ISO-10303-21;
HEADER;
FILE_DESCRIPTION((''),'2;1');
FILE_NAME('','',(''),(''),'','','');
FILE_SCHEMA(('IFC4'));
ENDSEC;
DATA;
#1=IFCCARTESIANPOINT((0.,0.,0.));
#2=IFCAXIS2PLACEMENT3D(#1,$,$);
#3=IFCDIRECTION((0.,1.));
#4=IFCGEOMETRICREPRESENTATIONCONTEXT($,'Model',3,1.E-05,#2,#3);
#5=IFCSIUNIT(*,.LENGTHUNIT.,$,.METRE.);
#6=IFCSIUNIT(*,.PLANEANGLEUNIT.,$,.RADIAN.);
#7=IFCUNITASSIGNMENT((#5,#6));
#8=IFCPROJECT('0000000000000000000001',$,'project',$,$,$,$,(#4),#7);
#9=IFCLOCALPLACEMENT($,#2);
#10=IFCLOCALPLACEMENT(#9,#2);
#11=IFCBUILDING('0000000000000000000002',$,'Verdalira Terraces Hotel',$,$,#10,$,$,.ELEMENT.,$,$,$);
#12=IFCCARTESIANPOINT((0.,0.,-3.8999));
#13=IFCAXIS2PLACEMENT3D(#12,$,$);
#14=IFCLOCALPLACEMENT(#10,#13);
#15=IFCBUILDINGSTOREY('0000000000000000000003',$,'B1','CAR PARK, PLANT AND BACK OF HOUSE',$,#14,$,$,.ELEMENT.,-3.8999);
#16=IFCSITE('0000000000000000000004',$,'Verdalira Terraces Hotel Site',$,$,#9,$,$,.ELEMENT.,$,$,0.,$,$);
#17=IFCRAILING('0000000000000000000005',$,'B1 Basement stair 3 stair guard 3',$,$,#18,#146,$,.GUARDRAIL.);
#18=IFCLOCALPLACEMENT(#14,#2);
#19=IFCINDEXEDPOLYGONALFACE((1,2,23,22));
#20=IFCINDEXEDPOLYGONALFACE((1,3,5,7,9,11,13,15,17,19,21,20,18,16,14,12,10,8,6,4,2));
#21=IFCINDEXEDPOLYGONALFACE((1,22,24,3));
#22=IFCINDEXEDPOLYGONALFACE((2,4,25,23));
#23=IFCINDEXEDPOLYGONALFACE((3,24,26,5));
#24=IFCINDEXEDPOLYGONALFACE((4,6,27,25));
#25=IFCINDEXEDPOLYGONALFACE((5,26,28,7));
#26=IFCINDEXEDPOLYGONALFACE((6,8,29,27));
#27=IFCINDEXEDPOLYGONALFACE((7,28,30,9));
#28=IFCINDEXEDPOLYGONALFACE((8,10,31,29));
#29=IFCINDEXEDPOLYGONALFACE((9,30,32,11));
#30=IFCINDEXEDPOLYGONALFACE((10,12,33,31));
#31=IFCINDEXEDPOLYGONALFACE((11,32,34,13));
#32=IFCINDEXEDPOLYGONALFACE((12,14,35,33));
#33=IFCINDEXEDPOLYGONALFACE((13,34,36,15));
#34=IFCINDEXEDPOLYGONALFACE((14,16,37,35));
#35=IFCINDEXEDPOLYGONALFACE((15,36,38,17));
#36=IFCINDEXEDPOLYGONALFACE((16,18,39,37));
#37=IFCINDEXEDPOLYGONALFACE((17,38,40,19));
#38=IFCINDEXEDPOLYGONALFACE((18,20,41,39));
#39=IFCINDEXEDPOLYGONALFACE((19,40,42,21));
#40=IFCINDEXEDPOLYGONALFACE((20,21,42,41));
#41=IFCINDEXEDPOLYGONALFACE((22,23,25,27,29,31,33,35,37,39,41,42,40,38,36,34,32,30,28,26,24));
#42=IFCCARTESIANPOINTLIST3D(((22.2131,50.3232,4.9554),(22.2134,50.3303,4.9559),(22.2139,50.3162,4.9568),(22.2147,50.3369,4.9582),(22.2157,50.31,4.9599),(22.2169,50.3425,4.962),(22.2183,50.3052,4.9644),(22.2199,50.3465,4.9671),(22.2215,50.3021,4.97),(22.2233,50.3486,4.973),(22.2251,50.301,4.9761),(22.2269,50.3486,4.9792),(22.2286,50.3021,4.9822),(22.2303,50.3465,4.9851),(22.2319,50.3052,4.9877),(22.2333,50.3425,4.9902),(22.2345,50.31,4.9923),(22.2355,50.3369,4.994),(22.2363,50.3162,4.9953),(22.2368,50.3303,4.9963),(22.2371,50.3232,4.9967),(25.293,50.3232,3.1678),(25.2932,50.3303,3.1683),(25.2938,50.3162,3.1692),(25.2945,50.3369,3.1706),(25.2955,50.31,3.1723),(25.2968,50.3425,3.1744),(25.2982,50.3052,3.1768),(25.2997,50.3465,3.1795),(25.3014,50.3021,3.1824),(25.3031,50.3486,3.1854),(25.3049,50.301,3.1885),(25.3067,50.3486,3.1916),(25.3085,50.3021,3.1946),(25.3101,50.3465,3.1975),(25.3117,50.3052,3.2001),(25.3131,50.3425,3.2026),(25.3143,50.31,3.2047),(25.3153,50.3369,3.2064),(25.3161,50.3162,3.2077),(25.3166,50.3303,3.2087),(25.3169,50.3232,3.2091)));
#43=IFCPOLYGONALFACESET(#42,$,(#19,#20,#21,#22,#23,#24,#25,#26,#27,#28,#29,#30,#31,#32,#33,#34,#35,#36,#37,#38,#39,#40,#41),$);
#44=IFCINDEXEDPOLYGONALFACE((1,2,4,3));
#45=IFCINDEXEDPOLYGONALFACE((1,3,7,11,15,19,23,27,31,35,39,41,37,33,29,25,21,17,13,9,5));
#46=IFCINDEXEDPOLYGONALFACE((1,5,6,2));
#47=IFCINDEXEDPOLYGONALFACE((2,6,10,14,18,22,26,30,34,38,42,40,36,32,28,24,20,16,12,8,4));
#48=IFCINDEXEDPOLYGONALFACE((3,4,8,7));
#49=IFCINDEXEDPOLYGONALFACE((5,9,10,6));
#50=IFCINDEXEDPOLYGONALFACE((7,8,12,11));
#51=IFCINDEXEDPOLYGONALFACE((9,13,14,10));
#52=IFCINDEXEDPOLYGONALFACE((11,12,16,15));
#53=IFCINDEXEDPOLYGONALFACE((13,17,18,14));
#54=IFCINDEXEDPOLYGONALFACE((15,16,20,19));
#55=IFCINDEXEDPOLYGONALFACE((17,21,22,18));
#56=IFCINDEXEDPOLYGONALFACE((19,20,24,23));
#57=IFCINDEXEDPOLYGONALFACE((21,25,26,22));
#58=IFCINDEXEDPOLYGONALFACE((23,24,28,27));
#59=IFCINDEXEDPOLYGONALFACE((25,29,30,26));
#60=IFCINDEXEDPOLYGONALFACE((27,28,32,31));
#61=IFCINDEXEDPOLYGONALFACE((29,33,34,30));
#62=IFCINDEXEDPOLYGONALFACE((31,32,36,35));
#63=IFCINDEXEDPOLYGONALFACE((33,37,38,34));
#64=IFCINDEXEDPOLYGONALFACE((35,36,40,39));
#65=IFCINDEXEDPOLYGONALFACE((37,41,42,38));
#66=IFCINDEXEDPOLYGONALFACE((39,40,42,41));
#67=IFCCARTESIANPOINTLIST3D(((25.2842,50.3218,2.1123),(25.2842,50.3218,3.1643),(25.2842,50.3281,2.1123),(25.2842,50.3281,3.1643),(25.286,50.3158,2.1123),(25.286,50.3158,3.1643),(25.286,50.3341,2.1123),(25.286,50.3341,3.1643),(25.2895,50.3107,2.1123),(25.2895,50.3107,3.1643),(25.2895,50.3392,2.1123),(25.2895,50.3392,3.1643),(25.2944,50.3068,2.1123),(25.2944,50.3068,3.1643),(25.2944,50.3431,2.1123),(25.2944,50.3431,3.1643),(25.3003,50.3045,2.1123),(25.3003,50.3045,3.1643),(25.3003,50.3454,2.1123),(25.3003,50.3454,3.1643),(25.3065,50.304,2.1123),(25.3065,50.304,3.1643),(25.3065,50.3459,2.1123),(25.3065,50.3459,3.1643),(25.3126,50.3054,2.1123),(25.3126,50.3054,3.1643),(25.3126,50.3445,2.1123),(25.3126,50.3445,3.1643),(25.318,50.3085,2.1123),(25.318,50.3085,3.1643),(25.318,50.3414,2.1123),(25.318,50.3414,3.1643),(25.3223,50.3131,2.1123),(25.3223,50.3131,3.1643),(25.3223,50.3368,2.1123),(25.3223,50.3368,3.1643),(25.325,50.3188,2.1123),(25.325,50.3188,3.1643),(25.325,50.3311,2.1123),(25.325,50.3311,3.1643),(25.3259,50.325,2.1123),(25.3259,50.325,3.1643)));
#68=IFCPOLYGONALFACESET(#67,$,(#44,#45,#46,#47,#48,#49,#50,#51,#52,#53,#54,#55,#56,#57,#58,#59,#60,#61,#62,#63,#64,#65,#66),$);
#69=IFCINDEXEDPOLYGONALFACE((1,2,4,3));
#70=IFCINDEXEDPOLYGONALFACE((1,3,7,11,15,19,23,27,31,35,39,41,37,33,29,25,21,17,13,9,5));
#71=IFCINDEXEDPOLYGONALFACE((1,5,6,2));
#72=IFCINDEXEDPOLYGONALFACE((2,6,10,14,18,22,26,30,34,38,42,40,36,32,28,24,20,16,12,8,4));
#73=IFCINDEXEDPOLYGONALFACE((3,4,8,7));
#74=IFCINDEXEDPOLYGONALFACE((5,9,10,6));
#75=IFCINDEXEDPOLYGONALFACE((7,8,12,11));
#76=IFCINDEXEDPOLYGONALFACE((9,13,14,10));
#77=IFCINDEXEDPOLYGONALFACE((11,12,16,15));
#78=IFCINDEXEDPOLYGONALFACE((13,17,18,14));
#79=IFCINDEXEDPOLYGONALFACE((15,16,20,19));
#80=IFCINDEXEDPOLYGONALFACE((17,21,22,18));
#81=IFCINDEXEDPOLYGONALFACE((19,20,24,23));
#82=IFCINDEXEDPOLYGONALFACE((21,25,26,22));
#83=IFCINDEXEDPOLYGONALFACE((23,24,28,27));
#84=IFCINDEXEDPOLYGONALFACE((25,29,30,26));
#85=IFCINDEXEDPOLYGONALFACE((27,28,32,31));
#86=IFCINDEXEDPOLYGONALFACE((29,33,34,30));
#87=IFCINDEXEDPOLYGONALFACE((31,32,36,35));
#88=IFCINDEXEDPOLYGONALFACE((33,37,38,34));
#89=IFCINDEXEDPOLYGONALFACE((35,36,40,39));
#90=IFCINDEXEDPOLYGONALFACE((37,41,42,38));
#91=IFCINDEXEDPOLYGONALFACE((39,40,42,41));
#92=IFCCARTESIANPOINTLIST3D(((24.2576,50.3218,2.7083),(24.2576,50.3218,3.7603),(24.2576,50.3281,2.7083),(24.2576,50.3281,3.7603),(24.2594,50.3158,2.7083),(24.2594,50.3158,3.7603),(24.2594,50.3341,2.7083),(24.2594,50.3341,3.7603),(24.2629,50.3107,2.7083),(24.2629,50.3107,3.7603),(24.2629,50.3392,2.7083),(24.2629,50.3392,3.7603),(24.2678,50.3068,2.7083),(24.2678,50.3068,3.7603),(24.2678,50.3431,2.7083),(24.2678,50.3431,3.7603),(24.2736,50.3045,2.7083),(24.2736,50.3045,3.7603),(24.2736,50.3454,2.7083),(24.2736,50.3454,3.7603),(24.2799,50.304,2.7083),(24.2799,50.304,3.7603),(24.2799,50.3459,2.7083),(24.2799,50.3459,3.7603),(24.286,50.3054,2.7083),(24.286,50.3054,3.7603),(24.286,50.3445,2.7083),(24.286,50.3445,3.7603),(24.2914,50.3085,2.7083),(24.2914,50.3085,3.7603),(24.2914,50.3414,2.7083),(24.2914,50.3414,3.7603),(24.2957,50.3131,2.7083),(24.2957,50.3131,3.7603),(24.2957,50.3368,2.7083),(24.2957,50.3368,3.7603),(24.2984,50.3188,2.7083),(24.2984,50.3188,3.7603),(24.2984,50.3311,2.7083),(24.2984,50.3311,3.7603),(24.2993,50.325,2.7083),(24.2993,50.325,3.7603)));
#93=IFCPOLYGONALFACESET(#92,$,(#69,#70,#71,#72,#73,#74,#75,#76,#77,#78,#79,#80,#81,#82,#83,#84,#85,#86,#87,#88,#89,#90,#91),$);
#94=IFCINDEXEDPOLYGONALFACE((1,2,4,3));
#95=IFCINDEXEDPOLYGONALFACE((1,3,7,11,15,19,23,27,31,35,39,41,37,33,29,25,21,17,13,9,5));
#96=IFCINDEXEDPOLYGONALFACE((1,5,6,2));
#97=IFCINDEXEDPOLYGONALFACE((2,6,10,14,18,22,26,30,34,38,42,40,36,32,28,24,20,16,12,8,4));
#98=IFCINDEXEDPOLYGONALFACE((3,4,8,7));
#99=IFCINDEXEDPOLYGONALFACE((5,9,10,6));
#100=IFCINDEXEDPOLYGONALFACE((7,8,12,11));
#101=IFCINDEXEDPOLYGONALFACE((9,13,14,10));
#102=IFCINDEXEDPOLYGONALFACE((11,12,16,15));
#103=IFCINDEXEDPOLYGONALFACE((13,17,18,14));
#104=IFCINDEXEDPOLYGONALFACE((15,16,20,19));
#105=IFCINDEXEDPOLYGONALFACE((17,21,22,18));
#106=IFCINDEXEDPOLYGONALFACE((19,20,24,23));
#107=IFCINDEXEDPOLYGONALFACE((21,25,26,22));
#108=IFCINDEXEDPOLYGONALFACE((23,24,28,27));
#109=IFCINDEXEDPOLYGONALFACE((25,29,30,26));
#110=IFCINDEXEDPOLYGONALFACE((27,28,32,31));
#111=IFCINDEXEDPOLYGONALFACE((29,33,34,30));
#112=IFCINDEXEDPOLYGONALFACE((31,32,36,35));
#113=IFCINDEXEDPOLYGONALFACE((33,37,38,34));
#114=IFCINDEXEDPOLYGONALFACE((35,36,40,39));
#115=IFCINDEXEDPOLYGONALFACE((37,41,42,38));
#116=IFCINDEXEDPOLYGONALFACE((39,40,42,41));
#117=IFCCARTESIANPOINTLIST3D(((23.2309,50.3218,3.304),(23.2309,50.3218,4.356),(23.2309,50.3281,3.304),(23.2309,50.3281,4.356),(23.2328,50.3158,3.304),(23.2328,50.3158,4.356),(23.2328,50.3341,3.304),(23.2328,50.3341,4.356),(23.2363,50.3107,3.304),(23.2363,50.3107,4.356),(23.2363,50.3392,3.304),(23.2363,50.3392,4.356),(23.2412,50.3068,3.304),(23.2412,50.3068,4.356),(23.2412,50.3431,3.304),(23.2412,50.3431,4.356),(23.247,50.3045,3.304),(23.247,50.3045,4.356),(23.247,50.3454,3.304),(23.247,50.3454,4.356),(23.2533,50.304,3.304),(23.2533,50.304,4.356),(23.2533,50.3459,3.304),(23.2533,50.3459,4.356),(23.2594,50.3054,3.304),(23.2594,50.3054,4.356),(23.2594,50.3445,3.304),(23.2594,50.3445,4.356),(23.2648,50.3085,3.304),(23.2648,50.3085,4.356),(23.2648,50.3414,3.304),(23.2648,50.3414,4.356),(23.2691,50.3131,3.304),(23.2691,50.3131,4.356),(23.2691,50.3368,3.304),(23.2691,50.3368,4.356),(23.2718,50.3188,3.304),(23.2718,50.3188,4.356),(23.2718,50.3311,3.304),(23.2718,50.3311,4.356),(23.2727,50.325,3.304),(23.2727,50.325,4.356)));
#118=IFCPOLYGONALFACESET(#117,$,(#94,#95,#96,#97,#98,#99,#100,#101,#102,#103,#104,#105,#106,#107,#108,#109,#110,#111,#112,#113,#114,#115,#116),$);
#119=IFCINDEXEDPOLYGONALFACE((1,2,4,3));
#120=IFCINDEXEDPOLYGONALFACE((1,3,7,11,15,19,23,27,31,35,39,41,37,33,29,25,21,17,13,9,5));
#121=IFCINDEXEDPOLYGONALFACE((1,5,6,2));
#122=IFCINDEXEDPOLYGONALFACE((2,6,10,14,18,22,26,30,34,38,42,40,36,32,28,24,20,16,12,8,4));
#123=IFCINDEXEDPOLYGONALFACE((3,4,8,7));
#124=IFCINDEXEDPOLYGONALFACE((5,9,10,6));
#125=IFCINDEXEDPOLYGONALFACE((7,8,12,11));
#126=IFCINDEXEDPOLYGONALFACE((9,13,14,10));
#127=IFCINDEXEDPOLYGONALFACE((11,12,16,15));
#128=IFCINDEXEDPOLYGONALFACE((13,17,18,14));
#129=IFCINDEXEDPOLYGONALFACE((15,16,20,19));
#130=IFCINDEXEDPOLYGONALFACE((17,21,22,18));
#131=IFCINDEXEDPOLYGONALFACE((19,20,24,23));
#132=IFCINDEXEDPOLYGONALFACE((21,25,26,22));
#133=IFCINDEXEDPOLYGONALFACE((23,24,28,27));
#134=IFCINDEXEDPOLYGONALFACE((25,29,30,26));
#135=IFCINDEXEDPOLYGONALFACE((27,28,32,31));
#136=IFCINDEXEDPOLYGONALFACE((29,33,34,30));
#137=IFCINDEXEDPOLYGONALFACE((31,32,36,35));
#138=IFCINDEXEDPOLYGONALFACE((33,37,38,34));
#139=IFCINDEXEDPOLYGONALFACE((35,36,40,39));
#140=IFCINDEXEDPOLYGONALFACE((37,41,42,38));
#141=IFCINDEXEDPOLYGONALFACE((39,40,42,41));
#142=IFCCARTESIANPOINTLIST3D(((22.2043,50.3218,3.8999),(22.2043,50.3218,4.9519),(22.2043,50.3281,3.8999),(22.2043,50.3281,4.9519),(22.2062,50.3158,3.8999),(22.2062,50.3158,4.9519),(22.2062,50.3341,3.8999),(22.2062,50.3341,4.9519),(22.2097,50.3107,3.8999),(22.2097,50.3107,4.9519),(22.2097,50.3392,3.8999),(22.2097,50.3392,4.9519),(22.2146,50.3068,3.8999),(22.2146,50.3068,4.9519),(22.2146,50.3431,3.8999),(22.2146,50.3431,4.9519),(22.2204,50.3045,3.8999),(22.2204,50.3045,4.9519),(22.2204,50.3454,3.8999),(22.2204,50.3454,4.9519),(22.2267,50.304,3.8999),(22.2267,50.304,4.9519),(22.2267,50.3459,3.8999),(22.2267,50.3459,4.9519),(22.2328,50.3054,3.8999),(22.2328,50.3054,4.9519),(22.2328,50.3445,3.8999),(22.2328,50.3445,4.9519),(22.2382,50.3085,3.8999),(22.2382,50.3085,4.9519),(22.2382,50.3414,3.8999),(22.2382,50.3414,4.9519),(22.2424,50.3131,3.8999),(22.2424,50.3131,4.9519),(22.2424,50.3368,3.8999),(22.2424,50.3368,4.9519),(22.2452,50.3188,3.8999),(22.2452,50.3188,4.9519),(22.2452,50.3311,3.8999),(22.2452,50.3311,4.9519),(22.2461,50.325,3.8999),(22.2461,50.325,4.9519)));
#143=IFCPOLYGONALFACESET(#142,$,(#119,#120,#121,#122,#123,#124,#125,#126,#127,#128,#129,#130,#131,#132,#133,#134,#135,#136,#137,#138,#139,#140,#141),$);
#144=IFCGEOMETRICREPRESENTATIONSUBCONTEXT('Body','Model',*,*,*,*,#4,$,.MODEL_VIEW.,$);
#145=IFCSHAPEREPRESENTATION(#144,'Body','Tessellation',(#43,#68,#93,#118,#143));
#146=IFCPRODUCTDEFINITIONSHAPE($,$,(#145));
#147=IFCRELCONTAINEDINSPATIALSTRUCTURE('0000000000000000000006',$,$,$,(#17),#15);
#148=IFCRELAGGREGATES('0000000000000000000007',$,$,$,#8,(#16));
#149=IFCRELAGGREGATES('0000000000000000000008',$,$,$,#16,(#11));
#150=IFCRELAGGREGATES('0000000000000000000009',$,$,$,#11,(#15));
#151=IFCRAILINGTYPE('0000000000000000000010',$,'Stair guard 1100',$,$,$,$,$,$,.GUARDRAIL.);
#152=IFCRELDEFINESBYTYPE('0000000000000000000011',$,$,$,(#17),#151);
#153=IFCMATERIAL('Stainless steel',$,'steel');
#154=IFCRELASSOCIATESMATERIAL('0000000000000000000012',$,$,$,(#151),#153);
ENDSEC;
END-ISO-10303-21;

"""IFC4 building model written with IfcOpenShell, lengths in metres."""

from ifc_helpers import new_model, si_unit, direction, frame, origin, origin_2d, place, context, subcontext, project, spatial, circle, extrude, material, type_object, element, save


model = new_model("IFC4")

# Units and contexts
model_context = context("Model", 3, precision=1e-05, world=origin(), true_north=direction((0.0, 1.0)))
body_context = subcontext(model_context, "Body", "Model", "MODEL_VIEW")
ifc_project = project(units=[si_unit("LENGTHUNIT", "METRE"), si_unit("PLANEANGLEUNIT", "RADIAN")], contexts=[model_context])

# Site, building, storey
site_placement = place(None, origin())
site = spatial("IfcSite", under=ifc_project, at=site_placement, Name="Verdalira Terraces Hotel Site", CompositionType="ELEMENT", RefElevation=0.0)
building_placement = place(site_placement, origin())
building = spatial("IfcBuilding", under=site, at=building_placement, Name="Verdalira Terraces Hotel", CompositionType="ELEMENT")
storey_placement = place(building_placement, frame((0.0, 0.0, -3.8999)))
storey = spatial("IfcBuildingStorey", under=building, at=storey_placement, Name="B1", Description="CAR PARK, PLANT AND BACK OF HOUSE", CompositionType="ELEMENT", Elevation=-3.8999)

# Railing
ifc_material_1 = material(Name="Stainless steel", Category="steel")
railing_type_1 = type_object("IfcRailingType", Name="Stair guard 1100", PredefinedType="GUARDRAIL", material=ifc_material_1)
railing_1_placement = place(storey_placement, frame((25.3049, 50.325, 2.1123)))
element("IfcRailing", 1, at=railing_1_placement, inside=storey, type_object=railing_type_1, Name="B1 Basement stair 3 stair guard 3", PredefinedType="GUARDRAIL", context=body_context, shape_type="SweptSolid", body=[
    extrude(circle(Radius=0.0239, at=origin_2d()), frame((0.0, 0.0, 1.0762), z_axis=(-0.864873, 0.0, 0.50199), x_axis=(0.0, -1.0, 0.0)), (0.0, 0.0, 1.0), 3.561),
    extrude(circle(Radius=0.021, at=origin_2d()), origin(), (0.0, 0.0, 1.0), 1.052),
    extrude(circle(Radius=0.021, at=origin_2d()), frame((-1.0266, 0.0, 0.5959)), (0.0, 0.0, 1.0), 1.052),
    extrude(circle(Radius=0.021, at=origin_2d()), frame((-2.0532, 0.0, 1.1917)), (0.0, 0.0, 1.0), 1.052),
    extrude(circle(Radius=0.021, at=origin_2d()), frame((-3.0798, 0.0, 1.7876)), (0.0, 0.0, 1.0), 1.052),
])

save(model, "model.ifc")
